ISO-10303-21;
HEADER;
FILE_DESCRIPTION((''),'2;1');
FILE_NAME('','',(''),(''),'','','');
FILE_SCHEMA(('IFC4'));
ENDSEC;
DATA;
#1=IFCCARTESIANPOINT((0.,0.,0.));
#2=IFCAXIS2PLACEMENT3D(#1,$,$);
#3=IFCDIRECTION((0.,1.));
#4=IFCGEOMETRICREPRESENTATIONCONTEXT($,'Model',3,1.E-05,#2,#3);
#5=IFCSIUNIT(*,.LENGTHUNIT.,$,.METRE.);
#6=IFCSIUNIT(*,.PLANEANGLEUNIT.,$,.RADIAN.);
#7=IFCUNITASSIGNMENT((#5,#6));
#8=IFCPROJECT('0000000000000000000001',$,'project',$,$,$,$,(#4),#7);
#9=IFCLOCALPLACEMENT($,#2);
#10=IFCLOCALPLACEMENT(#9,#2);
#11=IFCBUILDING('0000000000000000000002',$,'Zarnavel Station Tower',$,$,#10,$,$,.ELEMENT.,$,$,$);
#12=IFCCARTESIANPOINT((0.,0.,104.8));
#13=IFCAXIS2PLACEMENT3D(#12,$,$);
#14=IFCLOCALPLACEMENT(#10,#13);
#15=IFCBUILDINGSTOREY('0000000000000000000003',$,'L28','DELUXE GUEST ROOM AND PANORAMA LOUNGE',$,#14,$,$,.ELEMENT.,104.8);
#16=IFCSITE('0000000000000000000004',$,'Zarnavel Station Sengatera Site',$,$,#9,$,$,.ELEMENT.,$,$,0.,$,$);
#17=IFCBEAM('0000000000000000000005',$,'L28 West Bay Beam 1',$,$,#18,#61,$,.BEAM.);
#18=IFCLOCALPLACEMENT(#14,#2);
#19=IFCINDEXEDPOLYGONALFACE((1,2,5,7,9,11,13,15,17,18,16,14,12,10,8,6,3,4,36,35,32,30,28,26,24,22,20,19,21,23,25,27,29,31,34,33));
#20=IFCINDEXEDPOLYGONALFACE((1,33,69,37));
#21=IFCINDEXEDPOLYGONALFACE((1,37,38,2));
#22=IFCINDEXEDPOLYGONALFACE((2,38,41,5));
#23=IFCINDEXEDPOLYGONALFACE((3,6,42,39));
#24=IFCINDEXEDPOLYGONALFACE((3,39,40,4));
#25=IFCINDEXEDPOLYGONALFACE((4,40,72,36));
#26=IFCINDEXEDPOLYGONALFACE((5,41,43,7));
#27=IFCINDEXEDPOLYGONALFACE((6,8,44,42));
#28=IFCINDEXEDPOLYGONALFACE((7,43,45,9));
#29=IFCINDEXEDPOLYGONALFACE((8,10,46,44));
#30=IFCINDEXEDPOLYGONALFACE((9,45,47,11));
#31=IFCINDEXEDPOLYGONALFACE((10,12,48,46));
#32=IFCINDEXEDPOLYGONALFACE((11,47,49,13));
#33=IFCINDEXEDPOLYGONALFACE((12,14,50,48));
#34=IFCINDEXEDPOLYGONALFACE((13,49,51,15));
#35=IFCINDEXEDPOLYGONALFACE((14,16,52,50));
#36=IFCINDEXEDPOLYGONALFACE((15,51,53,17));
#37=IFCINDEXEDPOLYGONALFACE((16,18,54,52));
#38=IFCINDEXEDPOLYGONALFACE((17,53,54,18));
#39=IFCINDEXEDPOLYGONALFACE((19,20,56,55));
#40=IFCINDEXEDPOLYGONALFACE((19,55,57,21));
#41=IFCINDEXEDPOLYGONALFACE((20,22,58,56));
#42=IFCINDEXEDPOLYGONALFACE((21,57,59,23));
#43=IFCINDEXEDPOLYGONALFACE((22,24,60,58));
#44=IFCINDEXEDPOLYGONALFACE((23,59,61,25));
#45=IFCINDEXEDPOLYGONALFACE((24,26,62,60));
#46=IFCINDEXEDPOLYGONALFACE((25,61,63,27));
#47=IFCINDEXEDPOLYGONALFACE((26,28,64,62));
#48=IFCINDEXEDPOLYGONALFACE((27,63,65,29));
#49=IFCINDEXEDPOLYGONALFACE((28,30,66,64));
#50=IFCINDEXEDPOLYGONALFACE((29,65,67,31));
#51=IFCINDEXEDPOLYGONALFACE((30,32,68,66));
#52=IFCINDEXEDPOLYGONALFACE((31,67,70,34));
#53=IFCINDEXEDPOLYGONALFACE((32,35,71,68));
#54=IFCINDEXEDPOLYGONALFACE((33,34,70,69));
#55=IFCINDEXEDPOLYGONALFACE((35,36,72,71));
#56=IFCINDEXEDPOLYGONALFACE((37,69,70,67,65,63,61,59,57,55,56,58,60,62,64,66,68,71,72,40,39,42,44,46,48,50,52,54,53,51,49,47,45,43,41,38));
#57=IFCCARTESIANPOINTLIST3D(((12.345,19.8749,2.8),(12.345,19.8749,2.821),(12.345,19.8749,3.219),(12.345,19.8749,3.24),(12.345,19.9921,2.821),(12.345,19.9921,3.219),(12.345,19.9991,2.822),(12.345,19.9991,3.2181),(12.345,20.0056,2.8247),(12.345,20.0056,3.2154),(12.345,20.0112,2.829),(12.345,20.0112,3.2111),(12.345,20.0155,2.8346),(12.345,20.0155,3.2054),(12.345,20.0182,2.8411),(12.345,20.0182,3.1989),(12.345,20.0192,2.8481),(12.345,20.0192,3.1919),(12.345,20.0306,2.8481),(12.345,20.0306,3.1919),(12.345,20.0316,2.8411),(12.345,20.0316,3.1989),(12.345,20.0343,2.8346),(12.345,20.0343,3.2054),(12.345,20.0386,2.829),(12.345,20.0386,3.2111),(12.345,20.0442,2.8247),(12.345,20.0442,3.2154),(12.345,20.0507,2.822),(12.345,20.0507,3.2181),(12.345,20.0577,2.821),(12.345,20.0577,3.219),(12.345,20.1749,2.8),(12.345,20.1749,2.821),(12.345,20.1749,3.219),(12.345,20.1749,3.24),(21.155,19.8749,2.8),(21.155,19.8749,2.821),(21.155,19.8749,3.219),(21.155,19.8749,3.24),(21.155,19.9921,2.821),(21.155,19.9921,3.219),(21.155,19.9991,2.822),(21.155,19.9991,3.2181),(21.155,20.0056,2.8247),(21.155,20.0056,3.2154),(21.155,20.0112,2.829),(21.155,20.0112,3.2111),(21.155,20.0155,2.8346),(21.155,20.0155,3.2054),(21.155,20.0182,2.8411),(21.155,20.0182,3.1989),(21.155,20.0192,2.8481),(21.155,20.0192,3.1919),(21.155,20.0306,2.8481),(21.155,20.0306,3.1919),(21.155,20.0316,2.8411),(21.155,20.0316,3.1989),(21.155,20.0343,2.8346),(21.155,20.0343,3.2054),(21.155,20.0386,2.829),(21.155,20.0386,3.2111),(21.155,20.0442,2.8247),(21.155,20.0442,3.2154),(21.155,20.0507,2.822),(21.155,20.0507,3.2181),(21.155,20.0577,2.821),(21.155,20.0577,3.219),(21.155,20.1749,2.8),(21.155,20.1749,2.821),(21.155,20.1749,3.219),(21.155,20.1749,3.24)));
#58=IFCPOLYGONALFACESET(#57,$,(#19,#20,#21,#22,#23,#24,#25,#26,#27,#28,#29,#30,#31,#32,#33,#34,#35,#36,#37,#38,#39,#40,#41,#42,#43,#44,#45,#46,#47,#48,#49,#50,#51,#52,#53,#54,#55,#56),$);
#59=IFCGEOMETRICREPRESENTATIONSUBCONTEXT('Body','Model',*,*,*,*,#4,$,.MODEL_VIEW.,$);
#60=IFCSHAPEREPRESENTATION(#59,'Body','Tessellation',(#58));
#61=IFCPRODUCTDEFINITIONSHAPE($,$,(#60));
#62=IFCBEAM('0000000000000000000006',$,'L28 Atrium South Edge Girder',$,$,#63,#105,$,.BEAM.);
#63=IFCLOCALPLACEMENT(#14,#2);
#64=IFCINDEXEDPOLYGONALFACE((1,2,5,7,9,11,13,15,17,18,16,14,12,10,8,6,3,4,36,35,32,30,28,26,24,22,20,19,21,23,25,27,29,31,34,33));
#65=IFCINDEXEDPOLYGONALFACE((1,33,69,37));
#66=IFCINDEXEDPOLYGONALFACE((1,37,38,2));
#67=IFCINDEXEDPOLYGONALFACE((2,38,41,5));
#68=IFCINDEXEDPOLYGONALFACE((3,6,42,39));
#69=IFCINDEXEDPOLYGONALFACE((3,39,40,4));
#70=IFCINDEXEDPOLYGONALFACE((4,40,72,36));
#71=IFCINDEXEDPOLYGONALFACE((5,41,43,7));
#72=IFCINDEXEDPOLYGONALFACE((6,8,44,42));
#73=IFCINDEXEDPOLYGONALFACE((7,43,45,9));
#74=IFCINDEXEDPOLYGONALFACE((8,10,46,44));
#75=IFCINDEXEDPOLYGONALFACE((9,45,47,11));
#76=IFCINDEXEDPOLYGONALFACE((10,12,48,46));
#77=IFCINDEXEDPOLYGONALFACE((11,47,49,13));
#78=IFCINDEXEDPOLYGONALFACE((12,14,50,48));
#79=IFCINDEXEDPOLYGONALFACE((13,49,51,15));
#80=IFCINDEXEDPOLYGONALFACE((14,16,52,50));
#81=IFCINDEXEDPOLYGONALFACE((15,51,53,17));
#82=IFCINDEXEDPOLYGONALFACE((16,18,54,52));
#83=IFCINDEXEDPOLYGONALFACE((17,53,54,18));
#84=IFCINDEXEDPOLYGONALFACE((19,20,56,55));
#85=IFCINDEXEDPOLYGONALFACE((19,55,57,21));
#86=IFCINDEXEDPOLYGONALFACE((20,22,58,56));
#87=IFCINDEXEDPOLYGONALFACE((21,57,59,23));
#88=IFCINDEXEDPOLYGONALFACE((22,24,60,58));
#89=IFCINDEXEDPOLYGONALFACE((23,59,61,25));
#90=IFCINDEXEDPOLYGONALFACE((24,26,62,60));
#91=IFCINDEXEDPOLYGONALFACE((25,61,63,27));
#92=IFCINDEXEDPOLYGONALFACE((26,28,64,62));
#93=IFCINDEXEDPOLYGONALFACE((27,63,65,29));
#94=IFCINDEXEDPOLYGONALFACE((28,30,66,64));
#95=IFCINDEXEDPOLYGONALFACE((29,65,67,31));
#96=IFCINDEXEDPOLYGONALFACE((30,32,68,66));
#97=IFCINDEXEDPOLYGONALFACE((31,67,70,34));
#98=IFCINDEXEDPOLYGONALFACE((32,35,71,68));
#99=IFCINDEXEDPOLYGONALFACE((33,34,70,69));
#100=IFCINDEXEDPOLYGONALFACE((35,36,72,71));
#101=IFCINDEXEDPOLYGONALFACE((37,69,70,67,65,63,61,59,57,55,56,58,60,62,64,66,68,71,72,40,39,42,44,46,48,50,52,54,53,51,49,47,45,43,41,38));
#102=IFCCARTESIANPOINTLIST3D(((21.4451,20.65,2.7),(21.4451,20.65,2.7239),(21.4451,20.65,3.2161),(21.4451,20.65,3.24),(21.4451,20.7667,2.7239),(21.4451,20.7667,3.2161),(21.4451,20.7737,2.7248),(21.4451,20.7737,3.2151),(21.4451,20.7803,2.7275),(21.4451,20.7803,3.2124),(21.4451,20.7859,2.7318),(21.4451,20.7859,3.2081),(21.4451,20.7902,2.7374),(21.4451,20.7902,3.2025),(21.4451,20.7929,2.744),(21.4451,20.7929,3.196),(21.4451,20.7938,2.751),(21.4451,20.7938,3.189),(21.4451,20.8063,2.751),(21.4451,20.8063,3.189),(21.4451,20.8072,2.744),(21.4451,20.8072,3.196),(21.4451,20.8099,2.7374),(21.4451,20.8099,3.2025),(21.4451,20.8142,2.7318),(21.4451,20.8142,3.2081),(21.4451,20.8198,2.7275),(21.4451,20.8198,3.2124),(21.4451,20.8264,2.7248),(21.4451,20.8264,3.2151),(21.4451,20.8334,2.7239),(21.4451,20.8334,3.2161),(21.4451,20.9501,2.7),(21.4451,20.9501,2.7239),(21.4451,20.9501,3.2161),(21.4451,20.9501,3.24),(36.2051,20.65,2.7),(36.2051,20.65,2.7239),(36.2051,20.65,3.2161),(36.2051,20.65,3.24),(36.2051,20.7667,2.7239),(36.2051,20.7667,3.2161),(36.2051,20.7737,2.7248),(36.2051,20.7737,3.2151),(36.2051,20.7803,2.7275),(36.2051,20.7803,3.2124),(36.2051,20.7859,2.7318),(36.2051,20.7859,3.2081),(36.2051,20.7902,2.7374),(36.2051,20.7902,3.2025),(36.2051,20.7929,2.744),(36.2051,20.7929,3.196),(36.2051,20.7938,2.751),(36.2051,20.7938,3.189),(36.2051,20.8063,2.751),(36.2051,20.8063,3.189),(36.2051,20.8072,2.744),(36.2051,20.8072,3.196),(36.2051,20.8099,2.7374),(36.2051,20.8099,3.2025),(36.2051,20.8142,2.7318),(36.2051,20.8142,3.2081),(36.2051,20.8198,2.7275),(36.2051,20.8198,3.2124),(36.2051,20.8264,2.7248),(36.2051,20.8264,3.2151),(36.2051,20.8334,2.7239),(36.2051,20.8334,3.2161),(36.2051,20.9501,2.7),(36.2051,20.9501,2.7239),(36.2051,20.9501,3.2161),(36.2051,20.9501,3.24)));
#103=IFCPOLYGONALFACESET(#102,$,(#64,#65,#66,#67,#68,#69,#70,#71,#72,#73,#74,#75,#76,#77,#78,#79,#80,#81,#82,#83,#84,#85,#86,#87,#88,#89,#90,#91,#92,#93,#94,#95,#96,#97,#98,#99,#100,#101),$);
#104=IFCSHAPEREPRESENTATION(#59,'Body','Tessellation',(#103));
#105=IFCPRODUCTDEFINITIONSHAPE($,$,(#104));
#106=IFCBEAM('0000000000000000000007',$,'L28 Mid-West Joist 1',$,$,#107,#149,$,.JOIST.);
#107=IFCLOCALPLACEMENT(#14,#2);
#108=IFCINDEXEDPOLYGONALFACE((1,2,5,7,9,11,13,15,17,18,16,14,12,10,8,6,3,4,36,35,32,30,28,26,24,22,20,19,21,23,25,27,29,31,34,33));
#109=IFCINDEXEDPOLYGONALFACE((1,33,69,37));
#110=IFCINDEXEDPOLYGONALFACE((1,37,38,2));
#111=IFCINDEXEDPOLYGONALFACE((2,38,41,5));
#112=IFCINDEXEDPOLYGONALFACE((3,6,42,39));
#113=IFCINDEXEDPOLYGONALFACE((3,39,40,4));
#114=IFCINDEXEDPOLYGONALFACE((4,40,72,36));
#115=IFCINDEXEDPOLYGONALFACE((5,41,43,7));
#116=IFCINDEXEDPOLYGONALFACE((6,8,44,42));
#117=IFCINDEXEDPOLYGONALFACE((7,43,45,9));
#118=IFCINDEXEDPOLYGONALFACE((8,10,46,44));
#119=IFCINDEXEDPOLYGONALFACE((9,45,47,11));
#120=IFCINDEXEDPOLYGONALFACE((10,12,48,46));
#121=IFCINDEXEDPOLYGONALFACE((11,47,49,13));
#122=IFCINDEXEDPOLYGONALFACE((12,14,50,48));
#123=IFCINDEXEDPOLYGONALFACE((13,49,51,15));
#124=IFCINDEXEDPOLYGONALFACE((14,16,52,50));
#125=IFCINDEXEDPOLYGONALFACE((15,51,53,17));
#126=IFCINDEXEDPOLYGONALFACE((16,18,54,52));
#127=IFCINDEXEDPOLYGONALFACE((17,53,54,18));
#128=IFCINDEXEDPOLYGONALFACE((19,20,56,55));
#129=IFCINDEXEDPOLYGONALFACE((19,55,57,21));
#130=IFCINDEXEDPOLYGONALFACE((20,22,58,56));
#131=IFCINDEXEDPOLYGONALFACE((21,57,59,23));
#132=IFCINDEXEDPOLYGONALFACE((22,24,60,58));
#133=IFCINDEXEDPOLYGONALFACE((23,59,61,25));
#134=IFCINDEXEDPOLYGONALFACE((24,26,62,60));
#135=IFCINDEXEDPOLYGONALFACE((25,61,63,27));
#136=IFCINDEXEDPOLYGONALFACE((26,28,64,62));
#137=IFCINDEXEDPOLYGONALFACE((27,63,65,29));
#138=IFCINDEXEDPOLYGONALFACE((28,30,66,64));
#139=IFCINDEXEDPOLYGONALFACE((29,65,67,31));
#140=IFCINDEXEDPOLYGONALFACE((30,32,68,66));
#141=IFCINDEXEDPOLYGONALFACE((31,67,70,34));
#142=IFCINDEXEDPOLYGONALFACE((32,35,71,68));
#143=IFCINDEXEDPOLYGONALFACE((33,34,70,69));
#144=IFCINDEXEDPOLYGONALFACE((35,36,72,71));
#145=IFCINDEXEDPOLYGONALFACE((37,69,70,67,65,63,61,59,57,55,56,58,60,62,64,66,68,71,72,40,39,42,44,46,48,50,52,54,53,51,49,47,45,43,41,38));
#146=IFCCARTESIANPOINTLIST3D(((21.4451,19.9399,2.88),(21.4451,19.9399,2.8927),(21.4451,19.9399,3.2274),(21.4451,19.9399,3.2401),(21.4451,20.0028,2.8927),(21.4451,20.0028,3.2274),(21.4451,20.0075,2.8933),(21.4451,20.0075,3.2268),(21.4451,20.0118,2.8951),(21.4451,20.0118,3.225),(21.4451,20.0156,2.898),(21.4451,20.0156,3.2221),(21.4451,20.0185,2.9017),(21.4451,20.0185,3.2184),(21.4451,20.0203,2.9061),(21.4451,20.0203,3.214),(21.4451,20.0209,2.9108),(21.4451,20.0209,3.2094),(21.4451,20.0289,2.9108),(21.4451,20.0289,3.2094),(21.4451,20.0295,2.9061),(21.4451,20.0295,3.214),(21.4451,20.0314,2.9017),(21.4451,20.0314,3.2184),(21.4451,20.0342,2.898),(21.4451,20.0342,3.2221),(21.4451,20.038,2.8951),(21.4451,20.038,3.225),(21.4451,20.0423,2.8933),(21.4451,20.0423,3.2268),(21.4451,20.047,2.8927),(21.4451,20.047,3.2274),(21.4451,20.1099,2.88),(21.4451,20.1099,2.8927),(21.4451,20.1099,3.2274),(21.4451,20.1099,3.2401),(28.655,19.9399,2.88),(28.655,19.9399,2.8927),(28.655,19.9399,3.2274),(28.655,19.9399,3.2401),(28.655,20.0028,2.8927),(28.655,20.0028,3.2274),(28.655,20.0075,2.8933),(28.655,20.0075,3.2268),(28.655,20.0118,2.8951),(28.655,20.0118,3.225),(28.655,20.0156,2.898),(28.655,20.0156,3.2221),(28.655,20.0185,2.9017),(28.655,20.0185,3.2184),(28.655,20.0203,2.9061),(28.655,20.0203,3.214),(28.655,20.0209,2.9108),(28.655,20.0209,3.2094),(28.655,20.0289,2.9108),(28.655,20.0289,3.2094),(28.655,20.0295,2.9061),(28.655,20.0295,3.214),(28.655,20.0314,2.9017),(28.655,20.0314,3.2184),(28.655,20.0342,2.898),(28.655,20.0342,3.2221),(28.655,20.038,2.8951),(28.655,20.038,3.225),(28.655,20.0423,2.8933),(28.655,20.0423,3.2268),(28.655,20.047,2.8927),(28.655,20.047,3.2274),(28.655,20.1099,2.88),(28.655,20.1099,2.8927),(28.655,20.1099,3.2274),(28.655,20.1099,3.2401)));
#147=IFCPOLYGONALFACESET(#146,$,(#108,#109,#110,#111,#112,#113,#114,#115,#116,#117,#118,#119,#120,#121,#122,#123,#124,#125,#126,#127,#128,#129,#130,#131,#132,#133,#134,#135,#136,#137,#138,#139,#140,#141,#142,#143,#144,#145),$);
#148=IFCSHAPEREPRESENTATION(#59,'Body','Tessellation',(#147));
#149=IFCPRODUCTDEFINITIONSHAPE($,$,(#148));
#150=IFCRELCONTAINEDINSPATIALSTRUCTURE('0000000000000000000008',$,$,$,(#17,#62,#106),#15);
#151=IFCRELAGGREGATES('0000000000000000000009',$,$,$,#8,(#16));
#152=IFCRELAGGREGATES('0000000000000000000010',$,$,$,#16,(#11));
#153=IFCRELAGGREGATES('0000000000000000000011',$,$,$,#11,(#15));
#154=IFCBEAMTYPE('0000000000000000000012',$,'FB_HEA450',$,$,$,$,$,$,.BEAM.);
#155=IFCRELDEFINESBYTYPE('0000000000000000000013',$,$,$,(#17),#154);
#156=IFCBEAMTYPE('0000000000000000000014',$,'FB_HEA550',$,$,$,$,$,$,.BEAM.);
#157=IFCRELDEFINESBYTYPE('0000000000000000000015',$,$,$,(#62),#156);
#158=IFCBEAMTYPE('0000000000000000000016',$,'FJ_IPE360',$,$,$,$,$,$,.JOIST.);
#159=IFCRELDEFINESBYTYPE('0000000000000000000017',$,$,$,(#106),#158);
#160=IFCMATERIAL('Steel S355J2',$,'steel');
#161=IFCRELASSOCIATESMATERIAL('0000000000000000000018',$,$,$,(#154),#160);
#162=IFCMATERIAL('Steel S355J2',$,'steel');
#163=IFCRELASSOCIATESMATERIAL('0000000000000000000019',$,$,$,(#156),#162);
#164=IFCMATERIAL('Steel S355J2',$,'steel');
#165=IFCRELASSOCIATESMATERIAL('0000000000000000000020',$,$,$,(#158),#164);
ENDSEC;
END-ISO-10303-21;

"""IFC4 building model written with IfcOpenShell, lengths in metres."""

from ifc_helpers import new_model, si_unit, direction, frame, origin, origin_2d, place, context, subcontext, project, spatial, i_section, extrude, material, material_profile, profile_set, type_object, element, save


model = new_model("IFC4")

# Units and contexts
model_context = context("Model", 3, precision=1e-05, world=origin(), true_north=direction((0.0, 1.0)))
body_context = subcontext(model_context, "Body", "Model", "MODEL_VIEW")
ifc_project = project(units=[si_unit("LENGTHUNIT", "METRE"), si_unit("PLANEANGLEUNIT", "RADIAN")], contexts=[model_context])

# Site, building, storey
site_placement = place(None, origin())
site = spatial("IfcSite", under=ifc_project, at=site_placement, Name="Zarnavel Station Sengatera Site", CompositionType="ELEMENT", RefElevation=0.0)
building_placement = place(site_placement, origin())
building = spatial("IfcBuilding", under=site, at=building_placement, Name="Zarnavel Station Tower", CompositionType="ELEMENT")
storey_placement = place(building_placement, frame((0.0, 0.0, 104.8)))
storey = spatial("IfcBuildingStorey", under=building, at=storey_placement, Name="L28", Description="DELUXE GUEST ROOM AND PANORAMA LOUNGE", CompositionType="ELEMENT", Elevation=104.8)

# Beams
ifc_material_1 = material(Name="Steel S355J2", Category="steel")
ifc_material_profile_1 = material_profile(ifc_material_1, i_section(OverallWidth=0.3, OverallDepth=0.4399, WebThickness=0.0115, FlangeThickness=0.021, FilletRadius=0.0271, at=origin_2d()), Name="HEA450")
ifc_profile_set_1 = profile_set([ifc_material_profile_1], Name="Steel S355J2")
beam_type_1 = type_object("IfcBeamType", Name="FB_HEA450", PredefinedType="BEAM", material=ifc_profile_set_1)
beam_1_placement = place(storey_placement, frame((12.345, 20.0249, 3.02), z_axis=(1.0, 0.0, 0.0), x_axis=(0.0, 1.0, 0.0)))
element("IfcBeam", 1, at=beam_1_placement, inside=storey, type_object=beam_type_1, Name="L28 West Bay Beam 1", PredefinedType="BEAM", context=body_context, shape_type="SweptSolid", body=[
    extrude(i_section(OverallWidth=0.3, OverallDepth=0.4399, WebThickness=0.0115, FlangeThickness=0.021, FilletRadius=0.0271, at=origin_2d()), origin(), (0.0, 0.0, 1.0), 8.8101),
])
ifc_material_2 = material(Name="Steel S355J2", Category="steel")
ifc_material_profile_2 = material_profile(ifc_material_2, i_section(OverallWidth=0.3, OverallDepth=0.54, WebThickness=0.0125, FlangeThickness=0.0239, FilletRadius=0.0271, at=origin_2d()), Name="HEA550")
ifc_profile_set_2 = profile_set([ifc_material_profile_2], Name="Steel S355J2")
beam_type_2 = type_object("IfcBeamType", Name="FB_HEA550", PredefinedType="BEAM", material=ifc_profile_set_2)
beam_2_placement = place(storey_placement, frame((21.4451, 20.8, 2.97), z_axis=(1.0, 0.0, 0.0), x_axis=(0.0, 1.0, 0.0)))
element("IfcBeam", 2, at=beam_2_placement, inside=storey, type_object=beam_type_2, Name="L28 Atrium South Edge Girder", PredefinedType="BEAM", context=body_context, shape_type="SweptSolid", body=[
    extrude(i_section(OverallWidth=0.3, OverallDepth=0.54, WebThickness=0.0125, FlangeThickness=0.0239, FilletRadius=0.0271, at=origin_2d()), origin(), (0.0, 0.0, 1.0), 14.76),
])
ifc_material_3 = material(Name="Steel S355J2", Category="steel")
ifc_material_profile_3 = material_profile(ifc_material_3, i_section(OverallWidth=0.1699, OverallDepth=0.3601, WebThickness=0.0081, FlangeThickness=0.0127, FilletRadius=0.0181, at=origin_2d()), Name="IPE360")
ifc_profile_set_3 = profile_set([ifc_material_profile_3], Name="Steel S355J2")
beam_type_3 = type_object("IfcBeamType", Name="FJ_IPE360", PredefinedType="JOIST", material=ifc_profile_set_3)
beam_3_placement = place(storey_placement, frame((21.4451, 20.0249, 3.0601), z_axis=(1.0, 0.0, 0.0), x_axis=(0.0, 1.0, 0.0)))
element("IfcBeam", 3, at=beam_3_placement, inside=storey, type_object=beam_type_3, Name="L28 Mid-West Joist 1", PredefinedType="JOIST", context=body_context, shape_type="SweptSolid", body=[
    extrude(i_section(OverallWidth=0.1699, OverallDepth=0.3601, WebThickness=0.0081, FlangeThickness=0.0127, FilletRadius=0.0181, at=origin_2d()), origin(), (0.0, 0.0, 1.0), 7.21),
])

save(model, "model.ifc")
